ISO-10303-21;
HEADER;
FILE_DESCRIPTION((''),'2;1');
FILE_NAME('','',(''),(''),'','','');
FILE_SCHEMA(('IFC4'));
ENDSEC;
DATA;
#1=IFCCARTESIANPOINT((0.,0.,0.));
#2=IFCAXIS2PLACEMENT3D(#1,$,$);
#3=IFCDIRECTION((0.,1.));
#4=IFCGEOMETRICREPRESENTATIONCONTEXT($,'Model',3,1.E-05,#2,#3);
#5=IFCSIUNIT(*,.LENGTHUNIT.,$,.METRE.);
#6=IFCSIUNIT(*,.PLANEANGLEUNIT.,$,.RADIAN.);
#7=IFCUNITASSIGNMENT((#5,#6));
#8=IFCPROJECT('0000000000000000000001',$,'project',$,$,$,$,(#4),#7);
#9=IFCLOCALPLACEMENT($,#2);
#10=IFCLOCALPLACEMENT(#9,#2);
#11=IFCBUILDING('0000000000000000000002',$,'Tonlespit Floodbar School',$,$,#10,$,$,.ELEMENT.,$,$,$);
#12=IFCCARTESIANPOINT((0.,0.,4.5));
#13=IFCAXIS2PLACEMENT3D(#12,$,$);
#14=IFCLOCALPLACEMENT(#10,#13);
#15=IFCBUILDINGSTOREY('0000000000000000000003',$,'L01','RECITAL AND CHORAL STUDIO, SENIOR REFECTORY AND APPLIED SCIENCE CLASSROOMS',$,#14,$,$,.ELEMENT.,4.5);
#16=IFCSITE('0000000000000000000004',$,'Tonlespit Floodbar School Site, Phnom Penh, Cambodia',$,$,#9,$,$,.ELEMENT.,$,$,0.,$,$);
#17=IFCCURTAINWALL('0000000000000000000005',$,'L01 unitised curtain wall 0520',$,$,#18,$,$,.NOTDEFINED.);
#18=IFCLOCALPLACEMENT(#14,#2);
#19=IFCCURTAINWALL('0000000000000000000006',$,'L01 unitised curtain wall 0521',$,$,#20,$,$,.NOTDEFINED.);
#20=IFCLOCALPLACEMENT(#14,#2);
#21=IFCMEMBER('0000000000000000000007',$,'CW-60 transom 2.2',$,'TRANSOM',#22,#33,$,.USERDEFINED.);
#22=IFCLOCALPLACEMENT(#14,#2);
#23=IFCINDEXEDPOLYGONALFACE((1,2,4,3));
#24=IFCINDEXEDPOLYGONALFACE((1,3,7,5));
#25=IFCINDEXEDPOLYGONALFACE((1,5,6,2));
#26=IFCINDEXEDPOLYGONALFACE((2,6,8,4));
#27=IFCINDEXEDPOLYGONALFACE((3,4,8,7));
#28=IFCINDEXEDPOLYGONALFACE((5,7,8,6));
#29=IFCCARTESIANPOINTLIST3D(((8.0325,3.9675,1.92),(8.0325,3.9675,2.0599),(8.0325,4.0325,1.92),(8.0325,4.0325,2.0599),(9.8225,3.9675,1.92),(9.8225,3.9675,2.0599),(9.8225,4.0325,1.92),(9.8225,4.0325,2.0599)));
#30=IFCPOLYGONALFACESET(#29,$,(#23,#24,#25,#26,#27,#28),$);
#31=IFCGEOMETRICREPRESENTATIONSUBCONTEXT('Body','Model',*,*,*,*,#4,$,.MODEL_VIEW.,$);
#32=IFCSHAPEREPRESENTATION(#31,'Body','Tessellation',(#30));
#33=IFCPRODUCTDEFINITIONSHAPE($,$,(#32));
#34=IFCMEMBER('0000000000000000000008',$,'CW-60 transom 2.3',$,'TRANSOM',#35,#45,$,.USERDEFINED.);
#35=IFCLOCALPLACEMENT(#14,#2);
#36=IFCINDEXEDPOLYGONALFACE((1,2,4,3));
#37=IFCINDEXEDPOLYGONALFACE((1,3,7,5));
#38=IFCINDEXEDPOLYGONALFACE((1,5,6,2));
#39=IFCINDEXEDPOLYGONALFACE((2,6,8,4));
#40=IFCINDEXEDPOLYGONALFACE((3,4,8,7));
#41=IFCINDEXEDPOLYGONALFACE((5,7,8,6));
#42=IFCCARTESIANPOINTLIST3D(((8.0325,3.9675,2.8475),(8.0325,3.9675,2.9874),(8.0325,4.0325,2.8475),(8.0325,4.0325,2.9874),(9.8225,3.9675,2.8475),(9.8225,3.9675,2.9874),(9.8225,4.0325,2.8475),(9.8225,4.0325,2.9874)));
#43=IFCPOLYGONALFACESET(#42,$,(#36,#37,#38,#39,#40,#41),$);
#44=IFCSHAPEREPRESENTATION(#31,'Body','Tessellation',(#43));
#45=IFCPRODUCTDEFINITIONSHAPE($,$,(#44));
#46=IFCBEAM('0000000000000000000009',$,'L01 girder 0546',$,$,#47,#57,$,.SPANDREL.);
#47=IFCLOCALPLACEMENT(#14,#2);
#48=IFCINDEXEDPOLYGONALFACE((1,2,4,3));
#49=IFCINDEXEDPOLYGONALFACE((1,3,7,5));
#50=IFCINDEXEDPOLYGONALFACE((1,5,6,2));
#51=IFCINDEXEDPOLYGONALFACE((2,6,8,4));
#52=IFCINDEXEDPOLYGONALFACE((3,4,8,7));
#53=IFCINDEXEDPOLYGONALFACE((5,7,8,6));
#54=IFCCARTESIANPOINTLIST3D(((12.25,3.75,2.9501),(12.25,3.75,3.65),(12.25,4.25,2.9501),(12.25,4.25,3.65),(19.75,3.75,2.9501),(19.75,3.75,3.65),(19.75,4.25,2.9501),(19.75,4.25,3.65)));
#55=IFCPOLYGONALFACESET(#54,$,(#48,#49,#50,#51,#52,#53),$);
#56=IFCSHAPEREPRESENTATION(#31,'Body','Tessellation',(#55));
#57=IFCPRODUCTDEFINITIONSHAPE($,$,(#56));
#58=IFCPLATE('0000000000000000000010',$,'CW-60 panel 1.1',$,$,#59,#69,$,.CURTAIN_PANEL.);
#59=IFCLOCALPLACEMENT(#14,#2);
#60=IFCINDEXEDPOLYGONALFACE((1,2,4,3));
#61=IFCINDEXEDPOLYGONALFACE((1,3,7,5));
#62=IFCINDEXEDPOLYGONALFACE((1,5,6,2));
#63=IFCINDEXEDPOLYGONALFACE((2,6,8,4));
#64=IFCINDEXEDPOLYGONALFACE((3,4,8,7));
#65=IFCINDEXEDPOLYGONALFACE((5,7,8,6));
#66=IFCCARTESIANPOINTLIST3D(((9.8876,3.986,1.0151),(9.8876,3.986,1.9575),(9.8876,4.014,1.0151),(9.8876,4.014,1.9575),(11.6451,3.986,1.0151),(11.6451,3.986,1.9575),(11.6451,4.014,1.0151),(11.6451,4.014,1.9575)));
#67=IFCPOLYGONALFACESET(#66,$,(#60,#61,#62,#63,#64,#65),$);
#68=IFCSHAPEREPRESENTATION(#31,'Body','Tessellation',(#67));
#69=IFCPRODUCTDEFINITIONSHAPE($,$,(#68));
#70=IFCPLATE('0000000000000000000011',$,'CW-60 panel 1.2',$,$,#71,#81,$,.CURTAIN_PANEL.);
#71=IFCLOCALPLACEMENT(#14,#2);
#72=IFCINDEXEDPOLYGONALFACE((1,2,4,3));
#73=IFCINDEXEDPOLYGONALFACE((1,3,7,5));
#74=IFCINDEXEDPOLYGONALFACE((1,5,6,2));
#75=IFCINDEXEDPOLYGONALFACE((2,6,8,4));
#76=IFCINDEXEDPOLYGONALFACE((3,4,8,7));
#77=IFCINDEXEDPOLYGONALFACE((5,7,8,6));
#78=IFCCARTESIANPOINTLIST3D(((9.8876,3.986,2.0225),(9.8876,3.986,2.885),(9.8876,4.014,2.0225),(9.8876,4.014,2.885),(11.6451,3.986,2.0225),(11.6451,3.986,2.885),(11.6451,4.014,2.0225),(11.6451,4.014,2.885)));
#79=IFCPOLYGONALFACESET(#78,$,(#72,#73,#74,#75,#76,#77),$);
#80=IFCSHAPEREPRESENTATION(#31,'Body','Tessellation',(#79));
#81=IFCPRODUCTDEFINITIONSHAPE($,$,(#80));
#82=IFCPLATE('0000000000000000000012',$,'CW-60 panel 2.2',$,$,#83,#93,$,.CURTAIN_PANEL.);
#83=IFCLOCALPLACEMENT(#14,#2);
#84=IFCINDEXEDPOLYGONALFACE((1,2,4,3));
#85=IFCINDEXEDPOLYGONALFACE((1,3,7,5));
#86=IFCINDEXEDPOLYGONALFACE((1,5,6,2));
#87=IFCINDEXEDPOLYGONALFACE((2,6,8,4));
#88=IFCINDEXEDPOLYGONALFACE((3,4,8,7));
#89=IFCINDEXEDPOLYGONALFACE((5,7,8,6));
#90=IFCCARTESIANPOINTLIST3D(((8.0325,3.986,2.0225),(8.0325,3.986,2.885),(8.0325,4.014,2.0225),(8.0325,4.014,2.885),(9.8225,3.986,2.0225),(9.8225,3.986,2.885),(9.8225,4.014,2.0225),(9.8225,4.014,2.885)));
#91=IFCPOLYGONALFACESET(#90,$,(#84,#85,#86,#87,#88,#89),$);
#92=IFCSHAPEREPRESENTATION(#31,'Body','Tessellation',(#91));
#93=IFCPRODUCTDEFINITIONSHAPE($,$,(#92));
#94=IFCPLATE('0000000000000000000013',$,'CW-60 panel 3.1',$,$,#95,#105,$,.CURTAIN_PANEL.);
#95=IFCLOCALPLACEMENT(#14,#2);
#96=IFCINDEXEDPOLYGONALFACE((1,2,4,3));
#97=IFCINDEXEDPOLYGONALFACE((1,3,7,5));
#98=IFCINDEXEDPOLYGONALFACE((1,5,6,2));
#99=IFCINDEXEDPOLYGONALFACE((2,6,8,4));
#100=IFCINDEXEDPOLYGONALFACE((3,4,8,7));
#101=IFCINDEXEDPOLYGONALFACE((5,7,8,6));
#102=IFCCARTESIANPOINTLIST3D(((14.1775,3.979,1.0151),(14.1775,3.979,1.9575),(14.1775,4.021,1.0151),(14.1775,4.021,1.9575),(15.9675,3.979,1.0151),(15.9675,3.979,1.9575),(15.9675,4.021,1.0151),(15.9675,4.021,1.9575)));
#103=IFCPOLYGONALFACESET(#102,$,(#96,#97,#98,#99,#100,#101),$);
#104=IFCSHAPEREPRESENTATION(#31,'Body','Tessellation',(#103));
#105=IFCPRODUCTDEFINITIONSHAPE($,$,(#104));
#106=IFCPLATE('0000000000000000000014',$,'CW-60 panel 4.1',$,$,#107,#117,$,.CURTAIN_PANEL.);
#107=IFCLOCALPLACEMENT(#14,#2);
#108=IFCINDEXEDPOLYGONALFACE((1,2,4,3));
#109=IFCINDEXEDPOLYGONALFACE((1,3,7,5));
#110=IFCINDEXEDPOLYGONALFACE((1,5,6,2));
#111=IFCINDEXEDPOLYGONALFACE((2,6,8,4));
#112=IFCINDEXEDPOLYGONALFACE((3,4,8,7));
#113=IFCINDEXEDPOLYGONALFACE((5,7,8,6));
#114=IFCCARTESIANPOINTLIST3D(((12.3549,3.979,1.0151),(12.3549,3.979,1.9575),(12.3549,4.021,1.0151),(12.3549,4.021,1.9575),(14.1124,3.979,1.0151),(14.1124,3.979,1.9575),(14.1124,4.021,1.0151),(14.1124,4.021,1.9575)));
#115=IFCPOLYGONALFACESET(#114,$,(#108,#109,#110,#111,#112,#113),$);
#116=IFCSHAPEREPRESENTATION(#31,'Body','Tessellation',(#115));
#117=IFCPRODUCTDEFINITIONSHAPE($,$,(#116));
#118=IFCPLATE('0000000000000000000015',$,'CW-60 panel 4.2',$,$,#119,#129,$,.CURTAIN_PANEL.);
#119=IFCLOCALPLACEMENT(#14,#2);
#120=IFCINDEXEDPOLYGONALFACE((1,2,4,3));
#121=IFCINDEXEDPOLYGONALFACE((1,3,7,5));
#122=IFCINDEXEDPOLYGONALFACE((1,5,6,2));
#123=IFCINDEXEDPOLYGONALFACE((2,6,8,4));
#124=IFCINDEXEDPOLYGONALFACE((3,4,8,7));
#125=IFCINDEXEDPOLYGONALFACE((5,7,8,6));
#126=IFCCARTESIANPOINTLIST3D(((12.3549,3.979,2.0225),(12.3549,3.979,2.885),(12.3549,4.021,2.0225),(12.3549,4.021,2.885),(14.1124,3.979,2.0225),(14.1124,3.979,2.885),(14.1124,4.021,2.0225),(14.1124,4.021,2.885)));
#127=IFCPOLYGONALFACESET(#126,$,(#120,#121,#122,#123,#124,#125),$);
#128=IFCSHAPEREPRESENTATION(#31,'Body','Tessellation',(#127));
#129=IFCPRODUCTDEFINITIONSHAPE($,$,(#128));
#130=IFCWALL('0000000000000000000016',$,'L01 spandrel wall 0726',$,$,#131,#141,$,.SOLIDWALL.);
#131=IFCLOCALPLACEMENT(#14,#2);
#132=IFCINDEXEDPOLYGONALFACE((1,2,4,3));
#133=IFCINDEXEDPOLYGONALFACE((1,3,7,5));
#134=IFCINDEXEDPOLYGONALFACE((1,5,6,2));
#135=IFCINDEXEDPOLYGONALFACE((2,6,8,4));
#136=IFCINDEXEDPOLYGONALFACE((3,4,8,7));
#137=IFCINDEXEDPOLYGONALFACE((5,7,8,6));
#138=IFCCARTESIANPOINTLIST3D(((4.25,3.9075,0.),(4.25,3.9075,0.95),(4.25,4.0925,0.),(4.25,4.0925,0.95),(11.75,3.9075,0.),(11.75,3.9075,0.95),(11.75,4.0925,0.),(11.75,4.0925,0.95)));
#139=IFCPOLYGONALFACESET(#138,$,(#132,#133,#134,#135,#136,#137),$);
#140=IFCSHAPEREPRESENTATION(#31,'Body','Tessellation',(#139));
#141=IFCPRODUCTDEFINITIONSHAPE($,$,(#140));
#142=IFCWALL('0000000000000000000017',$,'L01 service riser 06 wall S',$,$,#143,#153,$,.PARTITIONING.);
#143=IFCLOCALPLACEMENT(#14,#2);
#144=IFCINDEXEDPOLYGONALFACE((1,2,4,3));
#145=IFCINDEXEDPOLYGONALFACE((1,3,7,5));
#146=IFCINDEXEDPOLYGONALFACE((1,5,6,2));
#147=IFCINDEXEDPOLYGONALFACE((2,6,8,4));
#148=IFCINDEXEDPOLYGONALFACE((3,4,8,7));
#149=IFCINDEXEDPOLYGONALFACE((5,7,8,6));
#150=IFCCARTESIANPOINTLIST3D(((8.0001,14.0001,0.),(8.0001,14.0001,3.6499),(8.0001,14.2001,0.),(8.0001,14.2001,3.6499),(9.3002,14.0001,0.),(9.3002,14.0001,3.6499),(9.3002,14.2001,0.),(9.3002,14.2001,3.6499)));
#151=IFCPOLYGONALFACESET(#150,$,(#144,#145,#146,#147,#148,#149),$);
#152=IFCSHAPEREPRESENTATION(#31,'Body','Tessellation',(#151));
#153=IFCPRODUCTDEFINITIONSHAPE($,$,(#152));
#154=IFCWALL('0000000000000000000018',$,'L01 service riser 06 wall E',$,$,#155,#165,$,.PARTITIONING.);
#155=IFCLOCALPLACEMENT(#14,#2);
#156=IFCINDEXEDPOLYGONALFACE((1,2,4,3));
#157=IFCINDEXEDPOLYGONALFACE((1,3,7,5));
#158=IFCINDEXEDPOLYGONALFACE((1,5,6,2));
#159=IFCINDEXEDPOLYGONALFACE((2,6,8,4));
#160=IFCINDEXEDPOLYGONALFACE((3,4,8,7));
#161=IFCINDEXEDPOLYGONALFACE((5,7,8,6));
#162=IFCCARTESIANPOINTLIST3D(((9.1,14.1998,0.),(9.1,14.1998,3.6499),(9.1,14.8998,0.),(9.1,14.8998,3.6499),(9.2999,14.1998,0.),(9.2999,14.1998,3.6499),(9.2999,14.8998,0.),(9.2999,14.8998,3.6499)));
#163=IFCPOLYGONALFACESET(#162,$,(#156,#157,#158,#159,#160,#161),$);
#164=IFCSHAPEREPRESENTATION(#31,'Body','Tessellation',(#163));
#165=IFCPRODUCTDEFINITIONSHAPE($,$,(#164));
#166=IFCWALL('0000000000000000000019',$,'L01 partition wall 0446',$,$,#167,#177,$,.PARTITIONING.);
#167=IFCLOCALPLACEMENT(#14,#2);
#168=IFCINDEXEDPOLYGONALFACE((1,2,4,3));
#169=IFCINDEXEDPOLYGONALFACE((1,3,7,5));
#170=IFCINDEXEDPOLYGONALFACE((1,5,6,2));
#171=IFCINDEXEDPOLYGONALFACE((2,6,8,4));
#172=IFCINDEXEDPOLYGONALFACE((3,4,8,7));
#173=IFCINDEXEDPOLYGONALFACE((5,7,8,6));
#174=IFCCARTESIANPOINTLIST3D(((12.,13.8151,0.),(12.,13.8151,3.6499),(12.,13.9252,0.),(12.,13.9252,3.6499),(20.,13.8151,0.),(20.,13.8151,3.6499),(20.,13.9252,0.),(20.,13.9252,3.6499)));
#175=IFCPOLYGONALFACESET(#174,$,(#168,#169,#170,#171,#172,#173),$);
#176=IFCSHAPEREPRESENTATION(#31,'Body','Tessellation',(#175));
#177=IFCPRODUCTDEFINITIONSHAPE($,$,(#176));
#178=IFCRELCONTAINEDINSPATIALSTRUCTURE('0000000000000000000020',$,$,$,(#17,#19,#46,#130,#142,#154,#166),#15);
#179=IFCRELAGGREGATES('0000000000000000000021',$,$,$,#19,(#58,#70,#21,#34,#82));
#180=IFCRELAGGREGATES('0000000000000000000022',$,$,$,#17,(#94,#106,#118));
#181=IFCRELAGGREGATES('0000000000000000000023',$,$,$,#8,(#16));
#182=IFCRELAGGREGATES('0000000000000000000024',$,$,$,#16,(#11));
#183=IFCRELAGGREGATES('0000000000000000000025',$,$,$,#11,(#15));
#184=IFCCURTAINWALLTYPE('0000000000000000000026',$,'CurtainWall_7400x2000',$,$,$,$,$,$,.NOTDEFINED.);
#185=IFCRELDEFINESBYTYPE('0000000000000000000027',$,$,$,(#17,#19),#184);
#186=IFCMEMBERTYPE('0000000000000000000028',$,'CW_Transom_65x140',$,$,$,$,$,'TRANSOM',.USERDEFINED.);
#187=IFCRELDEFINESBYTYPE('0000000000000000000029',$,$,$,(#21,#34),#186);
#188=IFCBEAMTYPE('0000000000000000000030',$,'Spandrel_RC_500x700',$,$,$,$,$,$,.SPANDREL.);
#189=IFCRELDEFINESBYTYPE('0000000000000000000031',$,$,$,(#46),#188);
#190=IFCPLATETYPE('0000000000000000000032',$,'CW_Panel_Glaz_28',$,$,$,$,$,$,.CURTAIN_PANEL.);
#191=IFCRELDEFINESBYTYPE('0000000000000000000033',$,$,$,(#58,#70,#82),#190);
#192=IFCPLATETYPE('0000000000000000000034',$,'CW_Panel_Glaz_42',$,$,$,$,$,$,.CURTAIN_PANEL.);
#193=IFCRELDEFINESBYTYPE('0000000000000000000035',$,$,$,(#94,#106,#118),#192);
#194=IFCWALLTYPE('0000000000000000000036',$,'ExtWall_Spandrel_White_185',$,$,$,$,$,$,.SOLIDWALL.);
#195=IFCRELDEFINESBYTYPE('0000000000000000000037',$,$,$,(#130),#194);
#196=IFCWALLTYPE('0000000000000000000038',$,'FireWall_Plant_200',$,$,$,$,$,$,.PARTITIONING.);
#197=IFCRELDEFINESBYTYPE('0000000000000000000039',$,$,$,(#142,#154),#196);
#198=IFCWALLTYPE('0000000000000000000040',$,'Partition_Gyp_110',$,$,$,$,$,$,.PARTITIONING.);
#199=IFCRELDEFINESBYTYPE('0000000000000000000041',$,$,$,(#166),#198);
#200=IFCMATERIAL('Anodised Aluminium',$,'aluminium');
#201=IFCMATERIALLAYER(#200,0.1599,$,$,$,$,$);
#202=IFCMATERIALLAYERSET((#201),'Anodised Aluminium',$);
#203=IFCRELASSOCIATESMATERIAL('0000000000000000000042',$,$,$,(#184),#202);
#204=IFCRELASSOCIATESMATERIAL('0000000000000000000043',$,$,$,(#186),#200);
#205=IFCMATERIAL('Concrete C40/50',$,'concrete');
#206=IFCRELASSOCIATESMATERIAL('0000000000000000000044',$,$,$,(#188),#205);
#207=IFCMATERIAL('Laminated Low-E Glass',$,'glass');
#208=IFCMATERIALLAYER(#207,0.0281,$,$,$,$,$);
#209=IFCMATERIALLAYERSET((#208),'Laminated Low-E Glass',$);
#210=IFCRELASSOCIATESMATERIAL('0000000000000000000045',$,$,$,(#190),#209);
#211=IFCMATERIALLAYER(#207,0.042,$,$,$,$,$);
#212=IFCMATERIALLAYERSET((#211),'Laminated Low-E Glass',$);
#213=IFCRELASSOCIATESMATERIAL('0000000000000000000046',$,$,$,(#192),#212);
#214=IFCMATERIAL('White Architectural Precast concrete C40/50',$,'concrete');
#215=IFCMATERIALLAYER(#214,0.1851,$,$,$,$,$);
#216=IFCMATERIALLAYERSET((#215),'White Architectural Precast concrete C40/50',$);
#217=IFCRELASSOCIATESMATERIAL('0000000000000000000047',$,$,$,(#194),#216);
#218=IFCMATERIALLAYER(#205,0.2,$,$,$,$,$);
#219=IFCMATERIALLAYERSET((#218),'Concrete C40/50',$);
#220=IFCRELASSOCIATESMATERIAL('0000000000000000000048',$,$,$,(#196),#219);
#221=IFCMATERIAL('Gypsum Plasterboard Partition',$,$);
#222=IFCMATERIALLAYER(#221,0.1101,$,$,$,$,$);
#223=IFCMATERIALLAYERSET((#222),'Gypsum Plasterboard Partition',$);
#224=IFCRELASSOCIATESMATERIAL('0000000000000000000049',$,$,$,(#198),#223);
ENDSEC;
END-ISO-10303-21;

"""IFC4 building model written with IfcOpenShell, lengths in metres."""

from ifc_helpers import new_model, si_unit, direction, frame, frame_2d, origin, origin_2d, place, context, subcontext, project, spatial, rectangle, extrude, material, layer, layer_set, material_profile, profile_set, type_object, element, aggregate, save


model = new_model("IFC4")

# Units and contexts
model_context = context("Model", 3, precision=1e-05, world=origin(), true_north=direction((0.0, 1.0)))
body_context = subcontext(model_context, "Body", "Model", "MODEL_VIEW")
ifc_project = project(units=[si_unit("LENGTHUNIT", "METRE"), si_unit("PLANEANGLEUNIT", "RADIAN")], contexts=[model_context])

# Site, building, storey
site_placement = place(None, origin())
site = spatial("IfcSite", under=ifc_project, at=site_placement, Name="Tonlespit Floodbar School Site, Phnom Penh, Cambodia", CompositionType="ELEMENT", RefElevation=0.0)
building_placement = place(site_placement, origin())
building = spatial("IfcBuilding", under=site, at=building_placement, Name="Tonlespit Floodbar School", CompositionType="ELEMENT")
storey_placement = place(building_placement, frame((0.0, 0.0, 4.5)))
storey = spatial("IfcBuildingStorey", under=building, at=storey_placement, Name="L01", Description="RECITAL AND CHORAL STUDIO, SENIOR REFECTORY AND APPLIED SCIENCE CLASSROOMS", CompositionType="ELEMENT", Elevation=4.5)

# Shared definitions
ifc_material_1 = material(Name="Concrete C40/50", Category="concrete")

# Curtain walls
ifc_material_2 = material(Name="Anodised Aluminium", Category="aluminium")
ifc_layer_1 = layer(ifc_material_2, 0.1599)
ifc_layer_set_1 = layer_set([ifc_layer_1], Name="Anodised Aluminium")
curtain_wall_type = type_object("IfcCurtainWallType", Name="CurtainWall_7400x2000", PredefinedType="NOTDEFINED", material=ifc_layer_set_1)
curtain_wall_1_placement = place(storey_placement, origin())
curtain_wall_1 = element("IfcCurtainWall", 1, at=curtain_wall_1_placement, inside=storey, type_object=curtain_wall_type, Name="L01 unitised curtain wall 0520", PredefinedType="NOTDEFINED")
curtain_wall_2_placement = place(storey_placement, origin())
curtain_wall_2 = element("IfcCurtainWall", 2, at=curtain_wall_2_placement, inside=storey, type_object=curtain_wall_type, Name="L01 unitised curtain wall 0521", PredefinedType="NOTDEFINED")

# Members
ifc_material_profile_1 = material_profile(ifc_material_2, rectangle(XDim=0.0649, YDim=0.1399, at=origin_2d()), Name="ALU T65x140")
ifc_profile_set_1 = profile_set([ifc_material_profile_1], Name="Anodised Aluminium")
member_type_1 = type_object("IfcMemberType", Name="CW_Transom_65x140", ElementType="TRANSOM", PredefinedType="USERDEFINED", material=ifc_profile_set_1)
member_1_placement = place(storey_placement, frame((9.8225, 4.0, 1.99), z_axis=(-1.0, 0.0, 0.0), x_axis=(0.0, -1.0, 0.0)))
member_1 = element("IfcMember", 3, at=member_1_placement, type_object=member_type_1, Name="CW-60 transom 2.2", ObjectType="TRANSOM", PredefinedType="USERDEFINED", context=body_context, shape_type="SweptSolid", body=[
    extrude(rectangle(XDim=0.0649, YDim=0.1399, at=origin_2d()), origin(), (0.0, 0.0, 1.0), 1.79),
])
member_2_placement = place(storey_placement, frame((9.8225, 4.0, 2.9175), z_axis=(-1.0, 0.0, 0.0), x_axis=(0.0, -1.0, 0.0)))
member_2 = element("IfcMember", 4, at=member_2_placement, type_object=member_type_1, Name="CW-60 transom 2.3", ObjectType="TRANSOM", PredefinedType="USERDEFINED", context=body_context, shape_type="SweptSolid", body=[
    extrude(rectangle(XDim=0.0649, YDim=0.1399, at=origin_2d()), origin(), (0.0, 0.0, 1.0), 1.79),
])

# Beam
ifc_material_profile_2 = material_profile(ifc_material_1, rectangle(XDim=0.5, YDim=0.7, at=origin_2d()), Name="RC 500x700")
ifc_profile_set_2 = profile_set([ifc_material_profile_2], Name="Concrete C40/50")
beam_type_1 = type_object("IfcBeamType", Name="Spandrel_RC_500x700", PredefinedType="SPANDREL", material=ifc_profile_set_2)
beam_1_placement = place(storey_placement, frame((12.25, 4.0, 3.3), z_axis=(1.0, 0.0, 0.0), x_axis=(0.0, 1.0, 0.0)))
element("IfcBeam", 5, at=beam_1_placement, inside=storey, type_object=beam_type_1, Name="L01 girder 0546", PredefinedType="SPANDREL", context=body_context, shape_type="SweptSolid", body=[
    extrude(rectangle(XDim=0.5, YDim=0.7, at=origin_2d()), origin(), (0.0, 0.0, 1.0), 7.5),
])

# Plates
ifc_material_3 = material(Name="Laminated Low-E Glass", Category="glass")
ifc_layer_2 = layer(ifc_material_3, 0.0281)
ifc_layer_set_2 = layer_set([ifc_layer_2], Name="Laminated Low-E Glass")
plate_type_1 = type_object("IfcPlateType", Name="CW_Panel_Glaz_28", PredefinedType="CURTAIN_PANEL", material=ifc_layer_set_2)
plate_1_placement = place(storey_placement, frame((10.7664, 4.0, 1.0151), z_axis=(0.0, 0.0, 1.0), x_axis=(-1.0, 0.0, 0.0)))
plate_1 = element("IfcPlate", 6, at=plate_1_placement, type_object=plate_type_1, Name="CW-60 panel 1.1", PredefinedType="CURTAIN_PANEL", context=body_context, shape_type="SweptSolid", body=[
    extrude(rectangle(XDim=1.7576, YDim=0.0281, at=origin_2d()), origin(), (0.0, 0.0, 1.0), 0.9424),
])
plate_2_placement = place(storey_placement, frame((10.7664, 4.0, 2.0225), z_axis=(0.0, 0.0, 1.0), x_axis=(-1.0, 0.0, 0.0)))
plate_2 = element("IfcPlate", 7, at=plate_2_placement, type_object=plate_type_1, Name="CW-60 panel 1.2", PredefinedType="CURTAIN_PANEL", context=body_context, shape_type="SweptSolid", body=[
    extrude(rectangle(XDim=1.7576, YDim=0.0281, at=origin_2d()), origin(), (0.0, 0.0, 1.0), 0.8625),
])
plate_3_placement = place(storey_placement, frame((8.9275, 4.0, 2.0225), z_axis=(0.0, 0.0, 1.0), x_axis=(-1.0, 0.0, 0.0)))
plate_3 = element("IfcPlate", 8, at=plate_3_placement, type_object=plate_type_1, Name="CW-60 panel 2.2", PredefinedType="CURTAIN_PANEL", context=body_context, shape_type="SweptSolid", body=[
    extrude(rectangle(XDim=1.79, YDim=0.0281, at=origin_2d()), origin(), (0.0, 0.0, 1.0), 0.8625),
])
aggregate(curtain_wall_2, [plate_1, plate_2, member_1, member_2, plate_3])
ifc_layer_3 = layer(ifc_material_3, 0.042)
ifc_layer_set_3 = layer_set([ifc_layer_3], Name="Laminated Low-E Glass")
plate_type_2 = type_object("IfcPlateType", Name="CW_Panel_Glaz_42", PredefinedType="CURTAIN_PANEL", material=ifc_layer_set_3)
plate_4_placement = place(storey_placement, frame((15.0725, 4.0, 1.0151), z_axis=(0.0, 0.0, 1.0), x_axis=(-1.0, 0.0, 0.0)))
plate_4 = element("IfcPlate", 9, at=plate_4_placement, type_object=plate_type_2, Name="CW-60 panel 3.1", PredefinedType="CURTAIN_PANEL", context=body_context, shape_type="SweptSolid", body=[
    extrude(rectangle(XDim=1.79, YDim=0.042, at=origin_2d()), origin(), (0.0, 0.0, 1.0), 0.9424),
])
plate_5_placement = place(storey_placement, frame((13.2336, 4.0, 1.0151), z_axis=(0.0, 0.0, 1.0), x_axis=(-1.0, 0.0, 0.0)))
plate_5 = element("IfcPlate", 10, at=plate_5_placement, type_object=plate_type_2, Name="CW-60 panel 4.1", PredefinedType="CURTAIN_PANEL", context=body_context, shape_type="SweptSolid", body=[
    extrude(rectangle(XDim=1.7576, YDim=0.042, at=origin_2d()), origin(), (0.0, 0.0, 1.0), 0.9424),
])
plate_6_placement = place(storey_placement, frame((13.2336, 4.0, 2.0225), z_axis=(0.0, 0.0, 1.0), x_axis=(-1.0, 0.0, 0.0)))
plate_6 = element("IfcPlate", 11, at=plate_6_placement, type_object=plate_type_2, Name="CW-60 panel 4.2", PredefinedType="CURTAIN_PANEL", context=body_context, shape_type="SweptSolid", body=[
    extrude(rectangle(XDim=1.7576, YDim=0.042, at=origin_2d()), origin(), (0.0, 0.0, 1.0), 0.8625),
])
aggregate(curtain_wall_1, [plate_4, plate_5, plate_6])

# Walls
ifc_material_4 = material(Name="White Architectural Precast concrete C40/50", Category="concrete")
ifc_layer_4 = layer(ifc_material_4, 0.1851)
ifc_layer_set_4 = layer_set([ifc_layer_4], Name="White Architectural Precast concrete C40/50")
wall_type_1 = type_object("IfcWallType", Name="ExtWall_Spandrel_White_185", PredefinedType="SOLIDWALL", material=ifc_layer_set_4)
wall_1_placement = place(storey_placement, frame((11.75, 4.0, 0.0), z_axis=(0.0, 0.0, 1.0), x_axis=(-1.0, 0.0, 0.0)))
element("IfcWall", 12, at=wall_1_placement, inside=storey, type_object=wall_type_1, Name="L01 spandrel wall 0726", PredefinedType="SOLIDWALL", context=body_context, shape_type="SweptSolid", body=[
    extrude(rectangle(XDim=7.5, YDim=0.1851, at=frame_2d((3.75, 0.0))), origin(), (0.0, 0.0, 1.0), 0.95),
])
ifc_layer_5 = layer(ifc_material_1, 0.2)
ifc_layer_set_5 = layer_set([ifc_layer_5], Name="Concrete C40/50")
wall_type_2 = type_object("IfcWallType", Name="FireWall_Plant_200", PredefinedType="PARTITIONING", material=ifc_layer_set_5)
wall_2_placement = place(storey_placement, frame((9.3, 14.1001, 0.0), z_axis=(0.0, 0.0, 1.0), x_axis=(-1.0, 0.0, 0.0)))
element("IfcWall", 13, at=wall_2_placement, inside=storey, type_object=wall_type_2, Name="L01 service riser 06 wall S", PredefinedType="PARTITIONING", context=body_context, shape_type="SweptSolid", body=[
    extrude(rectangle(XDim=1.3, YDim=0.2, at=frame_2d((0.6499, 0.0))), origin(), (0.0, 0.0, 1.0), 3.6499),
])
wall_3_placement = place(storey_placement, frame((9.2, 14.8999, 0.0), z_axis=(0.0, 0.0, 1.0), x_axis=(0.0, -1.0, 0.0)))
element("IfcWall", 14, at=wall_3_placement, inside=storey, type_object=wall_type_2, Name="L01 service riser 06 wall E", PredefinedType="PARTITIONING", context=body_context, shape_type="SweptSolid", body=[
    extrude(rectangle(XDim=0.7, YDim=0.2, at=frame_2d((0.3501, 0.0))), origin(), (0.0, 0.0, 1.0), 3.6499),
])
ifc_material_5 = material(Name="Gypsum Plasterboard Partition")
ifc_layer_6 = layer(ifc_material_5, 0.1101)
ifc_layer_set_6 = layer_set([ifc_layer_6], Name="Gypsum Plasterboard Partition")
wall_type_3 = type_object("IfcWallType", Name="Partition_Gyp_110", PredefinedType="PARTITIONING", material=ifc_layer_set_6)
wall_4_placement = place(storey_placement, frame((12.0, 13.8701, 0.0), z_axis=(0.0, 0.0, 1.0), x_axis=(1.0, 0.0, 0.0)))
element("IfcWall", 15, at=wall_4_placement, inside=storey, type_object=wall_type_3, Name="L01 partition wall 0446", PredefinedType="PARTITIONING", context=body_context, shape_type="SweptSolid", body=[
    extrude(rectangle(XDim=8.0, YDim=0.1101, at=frame_2d((4.0, 0.0))), origin(), (0.0, 0.0, 1.0), 3.6499),
])

save(model, "model.ifc")
